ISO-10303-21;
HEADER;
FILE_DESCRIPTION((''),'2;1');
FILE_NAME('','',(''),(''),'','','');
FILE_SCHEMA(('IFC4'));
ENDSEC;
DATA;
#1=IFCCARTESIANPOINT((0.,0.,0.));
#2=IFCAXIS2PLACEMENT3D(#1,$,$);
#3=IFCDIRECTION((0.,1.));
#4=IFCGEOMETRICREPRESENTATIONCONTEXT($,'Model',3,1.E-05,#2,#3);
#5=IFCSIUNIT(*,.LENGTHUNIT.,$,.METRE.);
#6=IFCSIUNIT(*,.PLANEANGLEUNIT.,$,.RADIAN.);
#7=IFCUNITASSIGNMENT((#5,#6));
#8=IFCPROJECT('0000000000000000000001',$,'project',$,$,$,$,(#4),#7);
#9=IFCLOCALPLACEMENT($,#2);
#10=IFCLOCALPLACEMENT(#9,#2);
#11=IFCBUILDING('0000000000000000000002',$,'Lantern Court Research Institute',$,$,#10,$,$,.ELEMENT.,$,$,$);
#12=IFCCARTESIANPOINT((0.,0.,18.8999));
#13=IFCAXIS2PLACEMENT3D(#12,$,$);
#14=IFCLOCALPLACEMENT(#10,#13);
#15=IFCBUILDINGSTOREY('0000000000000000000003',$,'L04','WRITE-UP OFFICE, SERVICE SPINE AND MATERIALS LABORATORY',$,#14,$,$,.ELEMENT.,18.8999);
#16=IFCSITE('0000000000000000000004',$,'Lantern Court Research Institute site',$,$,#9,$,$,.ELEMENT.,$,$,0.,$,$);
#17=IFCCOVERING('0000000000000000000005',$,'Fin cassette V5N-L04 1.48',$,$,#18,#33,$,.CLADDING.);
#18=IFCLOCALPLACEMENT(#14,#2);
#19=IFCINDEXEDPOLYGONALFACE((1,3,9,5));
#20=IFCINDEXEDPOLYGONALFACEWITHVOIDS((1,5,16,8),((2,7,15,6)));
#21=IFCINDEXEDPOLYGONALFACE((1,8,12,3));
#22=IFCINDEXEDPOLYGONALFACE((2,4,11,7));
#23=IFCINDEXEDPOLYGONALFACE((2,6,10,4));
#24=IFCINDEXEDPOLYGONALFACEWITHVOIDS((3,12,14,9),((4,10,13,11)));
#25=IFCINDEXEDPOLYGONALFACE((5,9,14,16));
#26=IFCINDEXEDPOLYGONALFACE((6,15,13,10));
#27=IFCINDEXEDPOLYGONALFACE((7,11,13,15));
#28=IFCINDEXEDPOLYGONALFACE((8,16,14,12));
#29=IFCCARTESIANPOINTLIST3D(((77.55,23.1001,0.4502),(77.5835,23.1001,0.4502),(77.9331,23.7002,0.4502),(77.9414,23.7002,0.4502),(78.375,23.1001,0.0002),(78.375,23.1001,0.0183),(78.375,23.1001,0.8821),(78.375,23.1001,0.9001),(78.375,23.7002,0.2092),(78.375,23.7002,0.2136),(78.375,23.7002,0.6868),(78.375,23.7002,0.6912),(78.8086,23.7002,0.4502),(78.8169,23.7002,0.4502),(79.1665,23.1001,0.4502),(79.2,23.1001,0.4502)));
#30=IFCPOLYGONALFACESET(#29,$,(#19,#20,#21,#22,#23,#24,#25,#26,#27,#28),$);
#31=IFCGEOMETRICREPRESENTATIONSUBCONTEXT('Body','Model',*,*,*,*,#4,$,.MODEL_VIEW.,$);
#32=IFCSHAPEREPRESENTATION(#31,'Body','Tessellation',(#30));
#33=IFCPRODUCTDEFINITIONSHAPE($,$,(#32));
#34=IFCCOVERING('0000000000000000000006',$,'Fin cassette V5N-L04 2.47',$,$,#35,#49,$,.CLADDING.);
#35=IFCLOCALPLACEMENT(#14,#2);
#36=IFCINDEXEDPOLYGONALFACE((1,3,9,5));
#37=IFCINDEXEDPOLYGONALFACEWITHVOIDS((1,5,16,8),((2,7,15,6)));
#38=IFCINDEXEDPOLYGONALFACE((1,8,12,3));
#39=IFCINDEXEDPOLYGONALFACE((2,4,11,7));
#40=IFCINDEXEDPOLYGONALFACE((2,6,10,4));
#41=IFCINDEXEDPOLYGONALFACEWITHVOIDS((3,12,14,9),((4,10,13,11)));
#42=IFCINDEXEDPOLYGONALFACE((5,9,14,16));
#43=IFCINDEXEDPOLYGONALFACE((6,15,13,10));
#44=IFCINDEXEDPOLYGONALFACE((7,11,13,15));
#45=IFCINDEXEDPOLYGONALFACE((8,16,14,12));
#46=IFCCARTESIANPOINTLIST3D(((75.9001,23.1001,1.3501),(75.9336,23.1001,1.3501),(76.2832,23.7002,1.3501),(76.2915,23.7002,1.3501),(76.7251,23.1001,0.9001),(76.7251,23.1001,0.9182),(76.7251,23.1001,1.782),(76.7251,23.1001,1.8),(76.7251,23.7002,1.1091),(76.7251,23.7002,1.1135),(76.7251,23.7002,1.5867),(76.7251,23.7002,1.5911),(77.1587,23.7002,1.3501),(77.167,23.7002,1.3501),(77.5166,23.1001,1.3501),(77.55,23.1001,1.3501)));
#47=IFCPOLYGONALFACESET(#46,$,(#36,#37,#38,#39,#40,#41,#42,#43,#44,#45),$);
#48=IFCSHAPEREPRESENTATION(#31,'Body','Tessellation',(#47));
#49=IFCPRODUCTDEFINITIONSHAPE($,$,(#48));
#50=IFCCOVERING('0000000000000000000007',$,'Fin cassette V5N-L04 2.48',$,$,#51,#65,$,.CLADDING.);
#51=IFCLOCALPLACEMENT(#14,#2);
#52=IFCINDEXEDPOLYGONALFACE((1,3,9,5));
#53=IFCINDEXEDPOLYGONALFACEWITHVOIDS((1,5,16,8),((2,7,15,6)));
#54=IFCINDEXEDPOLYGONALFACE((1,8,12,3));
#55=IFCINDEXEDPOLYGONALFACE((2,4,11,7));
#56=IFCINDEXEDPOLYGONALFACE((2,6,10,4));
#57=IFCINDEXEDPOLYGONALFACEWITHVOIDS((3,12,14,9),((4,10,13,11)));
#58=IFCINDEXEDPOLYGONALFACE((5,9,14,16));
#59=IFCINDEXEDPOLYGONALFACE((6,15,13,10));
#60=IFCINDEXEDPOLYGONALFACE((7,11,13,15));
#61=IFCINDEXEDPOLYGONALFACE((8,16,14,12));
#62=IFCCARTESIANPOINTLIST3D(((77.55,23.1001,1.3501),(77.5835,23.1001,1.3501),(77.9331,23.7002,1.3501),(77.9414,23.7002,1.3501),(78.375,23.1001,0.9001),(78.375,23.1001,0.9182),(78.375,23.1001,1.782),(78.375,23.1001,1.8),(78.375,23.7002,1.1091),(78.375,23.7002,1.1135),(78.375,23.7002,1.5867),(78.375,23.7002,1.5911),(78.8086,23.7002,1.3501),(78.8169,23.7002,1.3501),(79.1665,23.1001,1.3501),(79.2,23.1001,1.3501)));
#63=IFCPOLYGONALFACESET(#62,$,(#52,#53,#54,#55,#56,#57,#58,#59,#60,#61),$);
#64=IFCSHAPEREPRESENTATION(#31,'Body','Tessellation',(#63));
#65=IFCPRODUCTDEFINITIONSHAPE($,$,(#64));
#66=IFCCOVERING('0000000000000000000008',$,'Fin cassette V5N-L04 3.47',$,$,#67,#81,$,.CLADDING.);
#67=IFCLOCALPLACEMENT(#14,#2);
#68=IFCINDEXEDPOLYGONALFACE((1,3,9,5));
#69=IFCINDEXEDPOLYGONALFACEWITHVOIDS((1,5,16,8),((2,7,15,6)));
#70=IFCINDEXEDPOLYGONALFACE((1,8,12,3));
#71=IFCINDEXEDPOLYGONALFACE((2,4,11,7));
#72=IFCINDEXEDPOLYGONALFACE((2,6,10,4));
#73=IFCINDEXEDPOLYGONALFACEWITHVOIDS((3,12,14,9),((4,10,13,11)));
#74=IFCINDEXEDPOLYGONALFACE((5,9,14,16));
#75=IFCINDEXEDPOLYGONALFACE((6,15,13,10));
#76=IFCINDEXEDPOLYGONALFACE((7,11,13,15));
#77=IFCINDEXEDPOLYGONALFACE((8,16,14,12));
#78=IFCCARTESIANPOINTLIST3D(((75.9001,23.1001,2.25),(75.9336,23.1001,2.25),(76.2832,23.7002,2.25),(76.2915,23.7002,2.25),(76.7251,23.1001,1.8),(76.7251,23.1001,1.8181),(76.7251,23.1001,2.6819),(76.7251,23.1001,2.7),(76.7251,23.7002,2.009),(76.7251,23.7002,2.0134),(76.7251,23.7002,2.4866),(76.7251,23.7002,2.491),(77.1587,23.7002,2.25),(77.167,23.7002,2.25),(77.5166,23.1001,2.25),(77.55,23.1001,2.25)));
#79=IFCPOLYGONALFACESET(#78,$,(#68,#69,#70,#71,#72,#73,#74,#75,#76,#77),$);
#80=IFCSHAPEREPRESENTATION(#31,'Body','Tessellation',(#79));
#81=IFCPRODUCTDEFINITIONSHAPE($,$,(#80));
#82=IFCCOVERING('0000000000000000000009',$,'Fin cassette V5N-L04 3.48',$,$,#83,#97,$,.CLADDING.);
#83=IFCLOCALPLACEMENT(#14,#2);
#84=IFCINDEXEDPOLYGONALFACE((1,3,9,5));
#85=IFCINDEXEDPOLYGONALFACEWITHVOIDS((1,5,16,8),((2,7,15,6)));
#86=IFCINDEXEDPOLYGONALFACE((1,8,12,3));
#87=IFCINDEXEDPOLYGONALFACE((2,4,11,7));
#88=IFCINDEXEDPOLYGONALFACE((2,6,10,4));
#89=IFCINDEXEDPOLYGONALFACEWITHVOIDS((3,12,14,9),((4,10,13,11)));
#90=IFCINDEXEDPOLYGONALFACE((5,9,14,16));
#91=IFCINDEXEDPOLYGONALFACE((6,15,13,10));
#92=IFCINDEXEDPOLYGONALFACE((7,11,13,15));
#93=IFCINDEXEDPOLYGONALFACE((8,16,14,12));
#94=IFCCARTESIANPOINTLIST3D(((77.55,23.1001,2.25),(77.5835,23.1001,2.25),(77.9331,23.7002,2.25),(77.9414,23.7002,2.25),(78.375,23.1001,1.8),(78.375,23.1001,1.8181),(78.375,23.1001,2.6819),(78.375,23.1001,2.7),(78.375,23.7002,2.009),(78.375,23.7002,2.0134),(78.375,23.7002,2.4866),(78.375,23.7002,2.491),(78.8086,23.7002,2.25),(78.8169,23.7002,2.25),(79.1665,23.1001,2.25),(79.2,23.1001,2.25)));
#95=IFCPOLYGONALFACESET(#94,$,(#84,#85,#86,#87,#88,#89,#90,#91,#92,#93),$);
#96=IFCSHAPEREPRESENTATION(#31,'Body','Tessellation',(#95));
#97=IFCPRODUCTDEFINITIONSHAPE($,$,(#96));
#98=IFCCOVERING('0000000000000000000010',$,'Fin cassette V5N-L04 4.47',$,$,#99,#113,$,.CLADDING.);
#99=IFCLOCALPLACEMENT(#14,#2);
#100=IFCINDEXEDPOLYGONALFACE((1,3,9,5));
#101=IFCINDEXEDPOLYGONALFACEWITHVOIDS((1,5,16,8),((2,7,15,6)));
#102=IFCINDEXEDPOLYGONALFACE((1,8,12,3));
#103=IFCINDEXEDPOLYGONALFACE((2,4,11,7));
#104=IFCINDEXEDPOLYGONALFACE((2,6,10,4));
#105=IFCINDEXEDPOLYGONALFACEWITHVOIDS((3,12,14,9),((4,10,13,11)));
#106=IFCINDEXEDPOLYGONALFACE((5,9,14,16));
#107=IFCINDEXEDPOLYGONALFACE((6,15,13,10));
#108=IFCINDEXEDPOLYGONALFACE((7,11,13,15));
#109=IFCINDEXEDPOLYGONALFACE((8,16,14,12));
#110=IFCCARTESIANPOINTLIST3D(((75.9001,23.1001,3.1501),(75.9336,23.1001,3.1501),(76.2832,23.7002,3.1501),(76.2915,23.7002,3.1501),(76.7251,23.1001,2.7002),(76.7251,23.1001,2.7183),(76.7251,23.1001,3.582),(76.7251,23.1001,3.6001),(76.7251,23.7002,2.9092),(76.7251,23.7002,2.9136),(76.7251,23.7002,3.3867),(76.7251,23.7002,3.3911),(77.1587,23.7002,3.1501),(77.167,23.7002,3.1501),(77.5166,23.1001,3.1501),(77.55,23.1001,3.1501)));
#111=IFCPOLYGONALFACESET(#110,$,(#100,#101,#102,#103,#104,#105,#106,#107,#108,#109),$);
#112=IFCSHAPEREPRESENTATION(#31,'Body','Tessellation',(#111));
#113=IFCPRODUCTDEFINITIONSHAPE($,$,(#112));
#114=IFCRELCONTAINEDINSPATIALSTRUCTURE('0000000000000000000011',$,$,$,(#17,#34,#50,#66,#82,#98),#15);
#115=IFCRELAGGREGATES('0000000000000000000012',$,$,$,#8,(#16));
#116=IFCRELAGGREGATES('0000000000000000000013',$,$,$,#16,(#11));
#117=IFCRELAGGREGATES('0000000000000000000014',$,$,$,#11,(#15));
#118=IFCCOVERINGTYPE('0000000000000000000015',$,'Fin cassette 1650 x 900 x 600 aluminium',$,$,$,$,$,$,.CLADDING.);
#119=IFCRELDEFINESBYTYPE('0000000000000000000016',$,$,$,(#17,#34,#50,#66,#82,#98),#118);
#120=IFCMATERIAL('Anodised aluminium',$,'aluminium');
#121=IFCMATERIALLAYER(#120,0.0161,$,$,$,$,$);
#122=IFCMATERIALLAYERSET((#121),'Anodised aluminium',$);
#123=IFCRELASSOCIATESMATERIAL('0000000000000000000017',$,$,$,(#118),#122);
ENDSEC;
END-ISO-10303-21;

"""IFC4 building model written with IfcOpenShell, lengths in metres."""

from ifc_helpers import new_model, entity, si_unit, direction, frame, origin, place, context, subcontext, project, spatial, material, layer, layer_set, type_object, element, save


model = new_model("IFC4")

# Units and contexts
model_context = context("Model", 3, precision=1e-05, world=origin(), true_north=direction((0.0, 1.0)))
body_context = subcontext(model_context, "Body", "Model", "MODEL_VIEW")
ifc_project = project(units=[si_unit("LENGTHUNIT", "METRE"), si_unit("PLANEANGLEUNIT", "RADIAN")], contexts=[model_context])

# Site, building, storey
site_placement = place(None, origin())
site = spatial("IfcSite", under=ifc_project, at=site_placement, Name="Lantern Court Research Institute site", CompositionType="ELEMENT", RefElevation=0.0)
building_placement = place(site_placement, origin())
building = spatial("IfcBuilding", under=site, at=building_placement, Name="Lantern Court Research Institute", CompositionType="ELEMENT")
storey_placement = place(building_placement, frame((0.0, 0.0, 18.8999)))
storey = spatial("IfcBuildingStorey", under=building, at=storey_placement, Name="L04", Description="WRITE-UP OFFICE, SERVICE SPINE AND MATERIALS LABORATORY", CompositionType="ELEMENT", Elevation=18.8999)

# Coverings
ifc_material_1 = material(Name="Anodised aluminium", Category="aluminium")
ifc_layer_1 = layer(ifc_material_1, 0.0161)
ifc_layer_set_1 = layer_set([ifc_layer_1], Name="Anodised aluminium")
covering_type_1 = type_object("IfcCoveringType", Name="Fin cassette 1650 x 900 x 600 aluminium", PredefinedType="CLADDING", material=ifc_layer_set_1)
covering_1_placement = place(storey_placement, frame((78.375, 23.1001, 0.4502), z_axis=(0.0, 1.0, 0.0), x_axis=(-1.0, 0.0, 0.0)))
cartesian_point_1 = entity("IfcCartesianPoint", [0.825, 0.0])
cartesian_point_2 = entity("IfcCartesianPoint", [0.7915, 0.0])
cartesian_point_3 = entity("IfcCartesianPoint", [0.4419, 0.0])
cartesian_point_4 = entity("IfcCartesianPoint", [0.4336, 0.0])
element("IfcCovering", 1, at=covering_1_placement, inside=storey, type_object=covering_type_1, Name="Fin cassette V5N-L04 1.48", PredefinedType="CLADDING", context=body_context, shape_type="SweptSolid", body=[
    entity("IfcExtrudedAreaSolidTapered", entity("IfcArbitraryProfileDefWithVoids", "AREA", None, entity("IfcPolyline", [cartesian_point_1, entity("IfcCartesianPoint", [0.0, 0.45]), entity("IfcCartesianPoint", [-0.825, 0.0]), entity("IfcCartesianPoint", [0.0, -0.45]), cartesian_point_1]), [entity("IfcPolyline", [cartesian_point_2, entity("IfcCartesianPoint", [0.0, 0.4319]), entity("IfcCartesianPoint", [-0.7915, 0.0]), entity("IfcCartesianPoint", [0.0, -0.4319]), cartesian_point_2])]), entity("IfcAxis2Placement3D", entity("IfcCartesianPoint", [0.0, 0.0, 0.0])), entity("IfcDirection", [0.0, 0.0, 1.0]), 0.6001, entity("IfcArbitraryProfileDefWithVoids", "AREA", None, entity("IfcPolyline", [cartesian_point_3, entity("IfcCartesianPoint", [0.0, 0.241]), entity("IfcCartesianPoint", [-0.4419, 0.0]), entity("IfcCartesianPoint", [0.0, -0.241]), cartesian_point_3]), [entity("IfcPolyline", [cartesian_point_4, entity("IfcCartesianPoint", [0.0, 0.2366]), entity("IfcCartesianPoint", [-0.4336, 0.0]), entity("IfcCartesianPoint", [0.0, -0.2366]), cartesian_point_4])])),
])
covering_2_placement = place(storey_placement, frame((76.7251, 23.1001, 1.3501), z_axis=(0.0, 1.0, 0.0), x_axis=(-1.0, 0.0, 0.0)))
cartesian_point_5 = entity("IfcCartesianPoint", [0.825, 0.0])
cartesian_point_6 = entity("IfcCartesianPoint", [0.7915, 0.0])
cartesian_point_7 = entity("IfcCartesianPoint", [0.4419, 0.0])
cartesian_point_8 = entity("IfcCartesianPoint", [0.4336, 0.0])
element("IfcCovering", 2, at=covering_2_placement, inside=storey, type_object=covering_type_1, Name="Fin cassette V5N-L04 2.47", PredefinedType="CLADDING", context=body_context, shape_type="SweptSolid", body=[
    entity("IfcExtrudedAreaSolidTapered", entity("IfcArbitraryProfileDefWithVoids", "AREA", None, entity("IfcPolyline", [cartesian_point_5, entity("IfcCartesianPoint", [0.0, 0.45]), entity("IfcCartesianPoint", [-0.825, 0.0]), entity("IfcCartesianPoint", [0.0, -0.45]), cartesian_point_5]), [entity("IfcPolyline", [cartesian_point_6, entity("IfcCartesianPoint", [0.0, 0.4319]), entity("IfcCartesianPoint", [-0.7915, 0.0]), entity("IfcCartesianPoint", [0.0, -0.4319]), cartesian_point_6])]), entity("IfcAxis2Placement3D", entity("IfcCartesianPoint", [0.0, 0.0, 0.0])), entity("IfcDirection", [0.0, 0.0, 1.0]), 0.6001, entity("IfcArbitraryProfileDefWithVoids", "AREA", None, entity("IfcPolyline", [cartesian_point_7, entity("IfcCartesianPoint", [0.0, 0.241]), entity("IfcCartesianPoint", [-0.4419, 0.0]), entity("IfcCartesianPoint", [0.0, -0.241]), cartesian_point_7]), [entity("IfcPolyline", [cartesian_point_8, entity("IfcCartesianPoint", [0.0, 0.2366]), entity("IfcCartesianPoint", [-0.4336, 0.0]), entity("IfcCartesianPoint", [0.0, -0.2366]), cartesian_point_8])])),
])
covering_3_placement = place(storey_placement, frame((78.375, 23.1001, 1.3501), z_axis=(0.0, 1.0, 0.0), x_axis=(-1.0, 0.0, 0.0)))
cartesian_point_9 = entity("IfcCartesianPoint", [0.825, 0.0])
cartesian_point_10 = entity("IfcCartesianPoint", [0.7915, 0.0])
cartesian_point_11 = entity("IfcCartesianPoint", [0.4419, 0.0])
cartesian_point_12 = entity("IfcCartesianPoint", [0.4336, 0.0])
element("IfcCovering", 3, at=covering_3_placement, inside=storey, type_object=covering_type_1, Name="Fin cassette V5N-L04 2.48", PredefinedType="CLADDING", context=body_context, shape_type="SweptSolid", body=[
    entity("IfcExtrudedAreaSolidTapered", entity("IfcArbitraryProfileDefWithVoids", "AREA", None, entity("IfcPolyline", [cartesian_point_9, entity("IfcCartesianPoint", [0.0, 0.45]), entity("IfcCartesianPoint", [-0.825, 0.0]), entity("IfcCartesianPoint", [0.0, -0.45]), cartesian_point_9]), [entity("IfcPolyline", [cartesian_point_10, entity("IfcCartesianPoint", [0.0, 0.4319]), entity("IfcCartesianPoint", [-0.7915, 0.0]), entity("IfcCartesianPoint", [0.0, -0.4319]), cartesian_point_10])]), entity("IfcAxis2Placement3D", entity("IfcCartesianPoint", [0.0, 0.0, 0.0])), entity("IfcDirection", [0.0, 0.0, 1.0]), 0.6001, entity("IfcArbitraryProfileDefWithVoids", "AREA", None, entity("IfcPolyline", [cartesian_point_11, entity("IfcCartesianPoint", [0.0, 0.241]), entity("IfcCartesianPoint", [-0.4419, 0.0]), entity("IfcCartesianPoint", [0.0, -0.241]), cartesian_point_11]), [entity("IfcPolyline", [cartesian_point_12, entity("IfcCartesianPoint", [0.0, 0.2366]), entity("IfcCartesianPoint", [-0.4336, 0.0]), entity("IfcCartesianPoint", [0.0, -0.2366]), cartesian_point_12])])),
])
covering_4_placement = place(storey_placement, frame((76.7251, 23.1001, 2.25), z_axis=(0.0, 1.0, 0.0), x_axis=(-1.0, 0.0, 0.0)))
cartesian_point_13 = entity("IfcCartesianPoint", [0.825, 0.0])
cartesian_point_14 = entity("IfcCartesianPoint", [0.7915, 0.0])
cartesian_point_15 = entity("IfcCartesianPoint", [0.4419, 0.0])
cartesian_point_16 = entity("IfcCartesianPoint", [0.4336, 0.0])
element("IfcCovering", 4, at=covering_4_placement, inside=storey, type_object=covering_type_1, Name="Fin cassette V5N-L04 3.47", PredefinedType="CLADDING", context=body_context, shape_type="SweptSolid", body=[
    entity("IfcExtrudedAreaSolidTapered", entity("IfcArbitraryProfileDefWithVoids", "AREA", None, entity("IfcPolyline", [cartesian_point_13, entity("IfcCartesianPoint", [0.0, 0.45]), entity("IfcCartesianPoint", [-0.825, 0.0]), entity("IfcCartesianPoint", [0.0, -0.45]), cartesian_point_13]), [entity("IfcPolyline", [cartesian_point_14, entity("IfcCartesianPoint", [0.0, 0.4319]), entity("IfcCartesianPoint", [-0.7915, 0.0]), entity("IfcCartesianPoint", [0.0, -0.4319]), cartesian_point_14])]), entity("IfcAxis2Placement3D", entity("IfcCartesianPoint", [0.0, 0.0, 0.0])), entity("IfcDirection", [0.0, 0.0, 1.0]), 0.6001, entity("IfcArbitraryProfileDefWithVoids", "AREA", None, entity("IfcPolyline", [cartesian_point_15, entity("IfcCartesianPoint", [0.0, 0.241]), entity("IfcCartesianPoint", [-0.4419, 0.0]), entity("IfcCartesianPoint", [0.0, -0.241]), cartesian_point_15]), [entity("IfcPolyline", [cartesian_point_16, entity("IfcCartesianPoint", [0.0, 0.2366]), entity("IfcCartesianPoint", [-0.4336, 0.0]), entity("IfcCartesianPoint", [0.0, -0.2366]), cartesian_point_16])])),
])
covering_5_placement = place(storey_placement, frame((78.375, 23.1001, 2.25), z_axis=(0.0, 1.0, 0.0), x_axis=(-1.0, 0.0, 0.0)))
cartesian_point_17 = entity("IfcCartesianPoint", [0.825, 0.0])
cartesian_point_18 = entity("IfcCartesianPoint", [0.7915, 0.0])
cartesian_point_19 = entity("IfcCartesianPoint", [0.4419, 0.0])
cartesian_point_20 = entity("IfcCartesianPoint", [0.4336, 0.0])
element("IfcCovering", 5, at=covering_5_placement, inside=storey, type_object=covering_type_1, Name="Fin cassette V5N-L04 3.48", PredefinedType="CLADDING", context=body_context, shape_type="SweptSolid", body=[
    entity("IfcExtrudedAreaSolidTapered", entity("IfcArbitraryProfileDefWithVoids", "AREA", None, entity("IfcPolyline", [cartesian_point_17, entity("IfcCartesianPoint", [0.0, 0.45]), entity("IfcCartesianPoint", [-0.825, 0.0]), entity("IfcCartesianPoint", [0.0, -0.45]), cartesian_point_17]), [entity("IfcPolyline", [cartesian_point_18, entity("IfcCartesianPoint", [0.0, 0.4319]), entity("IfcCartesianPoint", [-0.7915, 0.0]), entity("IfcCartesianPoint", [0.0, -0.4319]), cartesian_point_18])]), entity("IfcAxis2Placement3D", entity("IfcCartesianPoint", [0.0, 0.0, 0.0])), entity("IfcDirection", [0.0, 0.0, 1.0]), 0.6001, entity("IfcArbitraryProfileDefWithVoids", "AREA", None, entity("IfcPolyline", [cartesian_point_19, entity("IfcCartesianPoint", [0.0, 0.241]), entity("IfcCartesianPoint", [-0.4419, 0.0]), entity("IfcCartesianPoint", [0.0, -0.241]), cartesian_point_19]), [entity("IfcPolyline", [cartesian_point_20, entity("IfcCartesianPoint", [0.0, 0.2366]), entity("IfcCartesianPoint", [-0.4336, 0.0]), entity("IfcCartesianPoint", [0.0, -0.2366]), cartesian_point_20])])),
])
covering_6_placement = place(storey_placement, frame((76.7251, 23.1001, 3.1501), z_axis=(0.0, 1.0, 0.0), x_axis=(-1.0, 0.0, 0.0)))
cartesian_point_21 = entity("IfcCartesianPoint", [0.825, 0.0])
cartesian_point_22 = entity("IfcCartesianPoint", [0.7915, 0.0])
cartesian_point_23 = entity("IfcCartesianPoint", [0.4419, 0.0])
cartesian_point_24 = entity("IfcCartesianPoint", [0.4336, 0.0])
element("IfcCovering", 6, at=covering_6_placement, inside=storey, type_object=covering_type_1, Name="Fin cassette V5N-L04 4.47", PredefinedType="CLADDING", context=body_context, shape_type="SweptSolid", body=[
    entity("IfcExtrudedAreaSolidTapered", entity("IfcArbitraryProfileDefWithVoids", "AREA", None, entity("IfcPolyline", [cartesian_point_21, entity("IfcCartesianPoint", [0.0, 0.45]), entity("IfcCartesianPoint", [-0.825, 0.0]), entity("IfcCartesianPoint", [0.0, -0.45]), cartesian_point_21]), [entity("IfcPolyline", [cartesian_point_22, entity("IfcCartesianPoint", [0.0, 0.4319]), entity("IfcCartesianPoint", [-0.7915, 0.0]), entity("IfcCartesianPoint", [0.0, -0.4319]), cartesian_point_22])]), entity("IfcAxis2Placement3D", entity("IfcCartesianPoint", [0.0, 0.0, 0.0])), entity("IfcDirection", [0.0, 0.0, 1.0]), 0.6001, entity("IfcArbitraryProfileDefWithVoids", "AREA", None, entity("IfcPolyline", [cartesian_point_23, entity("IfcCartesianPoint", [0.0, 0.241]), entity("IfcCartesianPoint", [-0.4419, 0.0]), entity("IfcCartesianPoint", [0.0, -0.241]), cartesian_point_23]), [entity("IfcPolyline", [cartesian_point_24, entity("IfcCartesianPoint", [0.0, 0.2366]), entity("IfcCartesianPoint", [-0.4336, 0.0]), entity("IfcCartesianPoint", [0.0, -0.2366]), cartesian_point_24])])),
])

save(model, "model.ifc")
